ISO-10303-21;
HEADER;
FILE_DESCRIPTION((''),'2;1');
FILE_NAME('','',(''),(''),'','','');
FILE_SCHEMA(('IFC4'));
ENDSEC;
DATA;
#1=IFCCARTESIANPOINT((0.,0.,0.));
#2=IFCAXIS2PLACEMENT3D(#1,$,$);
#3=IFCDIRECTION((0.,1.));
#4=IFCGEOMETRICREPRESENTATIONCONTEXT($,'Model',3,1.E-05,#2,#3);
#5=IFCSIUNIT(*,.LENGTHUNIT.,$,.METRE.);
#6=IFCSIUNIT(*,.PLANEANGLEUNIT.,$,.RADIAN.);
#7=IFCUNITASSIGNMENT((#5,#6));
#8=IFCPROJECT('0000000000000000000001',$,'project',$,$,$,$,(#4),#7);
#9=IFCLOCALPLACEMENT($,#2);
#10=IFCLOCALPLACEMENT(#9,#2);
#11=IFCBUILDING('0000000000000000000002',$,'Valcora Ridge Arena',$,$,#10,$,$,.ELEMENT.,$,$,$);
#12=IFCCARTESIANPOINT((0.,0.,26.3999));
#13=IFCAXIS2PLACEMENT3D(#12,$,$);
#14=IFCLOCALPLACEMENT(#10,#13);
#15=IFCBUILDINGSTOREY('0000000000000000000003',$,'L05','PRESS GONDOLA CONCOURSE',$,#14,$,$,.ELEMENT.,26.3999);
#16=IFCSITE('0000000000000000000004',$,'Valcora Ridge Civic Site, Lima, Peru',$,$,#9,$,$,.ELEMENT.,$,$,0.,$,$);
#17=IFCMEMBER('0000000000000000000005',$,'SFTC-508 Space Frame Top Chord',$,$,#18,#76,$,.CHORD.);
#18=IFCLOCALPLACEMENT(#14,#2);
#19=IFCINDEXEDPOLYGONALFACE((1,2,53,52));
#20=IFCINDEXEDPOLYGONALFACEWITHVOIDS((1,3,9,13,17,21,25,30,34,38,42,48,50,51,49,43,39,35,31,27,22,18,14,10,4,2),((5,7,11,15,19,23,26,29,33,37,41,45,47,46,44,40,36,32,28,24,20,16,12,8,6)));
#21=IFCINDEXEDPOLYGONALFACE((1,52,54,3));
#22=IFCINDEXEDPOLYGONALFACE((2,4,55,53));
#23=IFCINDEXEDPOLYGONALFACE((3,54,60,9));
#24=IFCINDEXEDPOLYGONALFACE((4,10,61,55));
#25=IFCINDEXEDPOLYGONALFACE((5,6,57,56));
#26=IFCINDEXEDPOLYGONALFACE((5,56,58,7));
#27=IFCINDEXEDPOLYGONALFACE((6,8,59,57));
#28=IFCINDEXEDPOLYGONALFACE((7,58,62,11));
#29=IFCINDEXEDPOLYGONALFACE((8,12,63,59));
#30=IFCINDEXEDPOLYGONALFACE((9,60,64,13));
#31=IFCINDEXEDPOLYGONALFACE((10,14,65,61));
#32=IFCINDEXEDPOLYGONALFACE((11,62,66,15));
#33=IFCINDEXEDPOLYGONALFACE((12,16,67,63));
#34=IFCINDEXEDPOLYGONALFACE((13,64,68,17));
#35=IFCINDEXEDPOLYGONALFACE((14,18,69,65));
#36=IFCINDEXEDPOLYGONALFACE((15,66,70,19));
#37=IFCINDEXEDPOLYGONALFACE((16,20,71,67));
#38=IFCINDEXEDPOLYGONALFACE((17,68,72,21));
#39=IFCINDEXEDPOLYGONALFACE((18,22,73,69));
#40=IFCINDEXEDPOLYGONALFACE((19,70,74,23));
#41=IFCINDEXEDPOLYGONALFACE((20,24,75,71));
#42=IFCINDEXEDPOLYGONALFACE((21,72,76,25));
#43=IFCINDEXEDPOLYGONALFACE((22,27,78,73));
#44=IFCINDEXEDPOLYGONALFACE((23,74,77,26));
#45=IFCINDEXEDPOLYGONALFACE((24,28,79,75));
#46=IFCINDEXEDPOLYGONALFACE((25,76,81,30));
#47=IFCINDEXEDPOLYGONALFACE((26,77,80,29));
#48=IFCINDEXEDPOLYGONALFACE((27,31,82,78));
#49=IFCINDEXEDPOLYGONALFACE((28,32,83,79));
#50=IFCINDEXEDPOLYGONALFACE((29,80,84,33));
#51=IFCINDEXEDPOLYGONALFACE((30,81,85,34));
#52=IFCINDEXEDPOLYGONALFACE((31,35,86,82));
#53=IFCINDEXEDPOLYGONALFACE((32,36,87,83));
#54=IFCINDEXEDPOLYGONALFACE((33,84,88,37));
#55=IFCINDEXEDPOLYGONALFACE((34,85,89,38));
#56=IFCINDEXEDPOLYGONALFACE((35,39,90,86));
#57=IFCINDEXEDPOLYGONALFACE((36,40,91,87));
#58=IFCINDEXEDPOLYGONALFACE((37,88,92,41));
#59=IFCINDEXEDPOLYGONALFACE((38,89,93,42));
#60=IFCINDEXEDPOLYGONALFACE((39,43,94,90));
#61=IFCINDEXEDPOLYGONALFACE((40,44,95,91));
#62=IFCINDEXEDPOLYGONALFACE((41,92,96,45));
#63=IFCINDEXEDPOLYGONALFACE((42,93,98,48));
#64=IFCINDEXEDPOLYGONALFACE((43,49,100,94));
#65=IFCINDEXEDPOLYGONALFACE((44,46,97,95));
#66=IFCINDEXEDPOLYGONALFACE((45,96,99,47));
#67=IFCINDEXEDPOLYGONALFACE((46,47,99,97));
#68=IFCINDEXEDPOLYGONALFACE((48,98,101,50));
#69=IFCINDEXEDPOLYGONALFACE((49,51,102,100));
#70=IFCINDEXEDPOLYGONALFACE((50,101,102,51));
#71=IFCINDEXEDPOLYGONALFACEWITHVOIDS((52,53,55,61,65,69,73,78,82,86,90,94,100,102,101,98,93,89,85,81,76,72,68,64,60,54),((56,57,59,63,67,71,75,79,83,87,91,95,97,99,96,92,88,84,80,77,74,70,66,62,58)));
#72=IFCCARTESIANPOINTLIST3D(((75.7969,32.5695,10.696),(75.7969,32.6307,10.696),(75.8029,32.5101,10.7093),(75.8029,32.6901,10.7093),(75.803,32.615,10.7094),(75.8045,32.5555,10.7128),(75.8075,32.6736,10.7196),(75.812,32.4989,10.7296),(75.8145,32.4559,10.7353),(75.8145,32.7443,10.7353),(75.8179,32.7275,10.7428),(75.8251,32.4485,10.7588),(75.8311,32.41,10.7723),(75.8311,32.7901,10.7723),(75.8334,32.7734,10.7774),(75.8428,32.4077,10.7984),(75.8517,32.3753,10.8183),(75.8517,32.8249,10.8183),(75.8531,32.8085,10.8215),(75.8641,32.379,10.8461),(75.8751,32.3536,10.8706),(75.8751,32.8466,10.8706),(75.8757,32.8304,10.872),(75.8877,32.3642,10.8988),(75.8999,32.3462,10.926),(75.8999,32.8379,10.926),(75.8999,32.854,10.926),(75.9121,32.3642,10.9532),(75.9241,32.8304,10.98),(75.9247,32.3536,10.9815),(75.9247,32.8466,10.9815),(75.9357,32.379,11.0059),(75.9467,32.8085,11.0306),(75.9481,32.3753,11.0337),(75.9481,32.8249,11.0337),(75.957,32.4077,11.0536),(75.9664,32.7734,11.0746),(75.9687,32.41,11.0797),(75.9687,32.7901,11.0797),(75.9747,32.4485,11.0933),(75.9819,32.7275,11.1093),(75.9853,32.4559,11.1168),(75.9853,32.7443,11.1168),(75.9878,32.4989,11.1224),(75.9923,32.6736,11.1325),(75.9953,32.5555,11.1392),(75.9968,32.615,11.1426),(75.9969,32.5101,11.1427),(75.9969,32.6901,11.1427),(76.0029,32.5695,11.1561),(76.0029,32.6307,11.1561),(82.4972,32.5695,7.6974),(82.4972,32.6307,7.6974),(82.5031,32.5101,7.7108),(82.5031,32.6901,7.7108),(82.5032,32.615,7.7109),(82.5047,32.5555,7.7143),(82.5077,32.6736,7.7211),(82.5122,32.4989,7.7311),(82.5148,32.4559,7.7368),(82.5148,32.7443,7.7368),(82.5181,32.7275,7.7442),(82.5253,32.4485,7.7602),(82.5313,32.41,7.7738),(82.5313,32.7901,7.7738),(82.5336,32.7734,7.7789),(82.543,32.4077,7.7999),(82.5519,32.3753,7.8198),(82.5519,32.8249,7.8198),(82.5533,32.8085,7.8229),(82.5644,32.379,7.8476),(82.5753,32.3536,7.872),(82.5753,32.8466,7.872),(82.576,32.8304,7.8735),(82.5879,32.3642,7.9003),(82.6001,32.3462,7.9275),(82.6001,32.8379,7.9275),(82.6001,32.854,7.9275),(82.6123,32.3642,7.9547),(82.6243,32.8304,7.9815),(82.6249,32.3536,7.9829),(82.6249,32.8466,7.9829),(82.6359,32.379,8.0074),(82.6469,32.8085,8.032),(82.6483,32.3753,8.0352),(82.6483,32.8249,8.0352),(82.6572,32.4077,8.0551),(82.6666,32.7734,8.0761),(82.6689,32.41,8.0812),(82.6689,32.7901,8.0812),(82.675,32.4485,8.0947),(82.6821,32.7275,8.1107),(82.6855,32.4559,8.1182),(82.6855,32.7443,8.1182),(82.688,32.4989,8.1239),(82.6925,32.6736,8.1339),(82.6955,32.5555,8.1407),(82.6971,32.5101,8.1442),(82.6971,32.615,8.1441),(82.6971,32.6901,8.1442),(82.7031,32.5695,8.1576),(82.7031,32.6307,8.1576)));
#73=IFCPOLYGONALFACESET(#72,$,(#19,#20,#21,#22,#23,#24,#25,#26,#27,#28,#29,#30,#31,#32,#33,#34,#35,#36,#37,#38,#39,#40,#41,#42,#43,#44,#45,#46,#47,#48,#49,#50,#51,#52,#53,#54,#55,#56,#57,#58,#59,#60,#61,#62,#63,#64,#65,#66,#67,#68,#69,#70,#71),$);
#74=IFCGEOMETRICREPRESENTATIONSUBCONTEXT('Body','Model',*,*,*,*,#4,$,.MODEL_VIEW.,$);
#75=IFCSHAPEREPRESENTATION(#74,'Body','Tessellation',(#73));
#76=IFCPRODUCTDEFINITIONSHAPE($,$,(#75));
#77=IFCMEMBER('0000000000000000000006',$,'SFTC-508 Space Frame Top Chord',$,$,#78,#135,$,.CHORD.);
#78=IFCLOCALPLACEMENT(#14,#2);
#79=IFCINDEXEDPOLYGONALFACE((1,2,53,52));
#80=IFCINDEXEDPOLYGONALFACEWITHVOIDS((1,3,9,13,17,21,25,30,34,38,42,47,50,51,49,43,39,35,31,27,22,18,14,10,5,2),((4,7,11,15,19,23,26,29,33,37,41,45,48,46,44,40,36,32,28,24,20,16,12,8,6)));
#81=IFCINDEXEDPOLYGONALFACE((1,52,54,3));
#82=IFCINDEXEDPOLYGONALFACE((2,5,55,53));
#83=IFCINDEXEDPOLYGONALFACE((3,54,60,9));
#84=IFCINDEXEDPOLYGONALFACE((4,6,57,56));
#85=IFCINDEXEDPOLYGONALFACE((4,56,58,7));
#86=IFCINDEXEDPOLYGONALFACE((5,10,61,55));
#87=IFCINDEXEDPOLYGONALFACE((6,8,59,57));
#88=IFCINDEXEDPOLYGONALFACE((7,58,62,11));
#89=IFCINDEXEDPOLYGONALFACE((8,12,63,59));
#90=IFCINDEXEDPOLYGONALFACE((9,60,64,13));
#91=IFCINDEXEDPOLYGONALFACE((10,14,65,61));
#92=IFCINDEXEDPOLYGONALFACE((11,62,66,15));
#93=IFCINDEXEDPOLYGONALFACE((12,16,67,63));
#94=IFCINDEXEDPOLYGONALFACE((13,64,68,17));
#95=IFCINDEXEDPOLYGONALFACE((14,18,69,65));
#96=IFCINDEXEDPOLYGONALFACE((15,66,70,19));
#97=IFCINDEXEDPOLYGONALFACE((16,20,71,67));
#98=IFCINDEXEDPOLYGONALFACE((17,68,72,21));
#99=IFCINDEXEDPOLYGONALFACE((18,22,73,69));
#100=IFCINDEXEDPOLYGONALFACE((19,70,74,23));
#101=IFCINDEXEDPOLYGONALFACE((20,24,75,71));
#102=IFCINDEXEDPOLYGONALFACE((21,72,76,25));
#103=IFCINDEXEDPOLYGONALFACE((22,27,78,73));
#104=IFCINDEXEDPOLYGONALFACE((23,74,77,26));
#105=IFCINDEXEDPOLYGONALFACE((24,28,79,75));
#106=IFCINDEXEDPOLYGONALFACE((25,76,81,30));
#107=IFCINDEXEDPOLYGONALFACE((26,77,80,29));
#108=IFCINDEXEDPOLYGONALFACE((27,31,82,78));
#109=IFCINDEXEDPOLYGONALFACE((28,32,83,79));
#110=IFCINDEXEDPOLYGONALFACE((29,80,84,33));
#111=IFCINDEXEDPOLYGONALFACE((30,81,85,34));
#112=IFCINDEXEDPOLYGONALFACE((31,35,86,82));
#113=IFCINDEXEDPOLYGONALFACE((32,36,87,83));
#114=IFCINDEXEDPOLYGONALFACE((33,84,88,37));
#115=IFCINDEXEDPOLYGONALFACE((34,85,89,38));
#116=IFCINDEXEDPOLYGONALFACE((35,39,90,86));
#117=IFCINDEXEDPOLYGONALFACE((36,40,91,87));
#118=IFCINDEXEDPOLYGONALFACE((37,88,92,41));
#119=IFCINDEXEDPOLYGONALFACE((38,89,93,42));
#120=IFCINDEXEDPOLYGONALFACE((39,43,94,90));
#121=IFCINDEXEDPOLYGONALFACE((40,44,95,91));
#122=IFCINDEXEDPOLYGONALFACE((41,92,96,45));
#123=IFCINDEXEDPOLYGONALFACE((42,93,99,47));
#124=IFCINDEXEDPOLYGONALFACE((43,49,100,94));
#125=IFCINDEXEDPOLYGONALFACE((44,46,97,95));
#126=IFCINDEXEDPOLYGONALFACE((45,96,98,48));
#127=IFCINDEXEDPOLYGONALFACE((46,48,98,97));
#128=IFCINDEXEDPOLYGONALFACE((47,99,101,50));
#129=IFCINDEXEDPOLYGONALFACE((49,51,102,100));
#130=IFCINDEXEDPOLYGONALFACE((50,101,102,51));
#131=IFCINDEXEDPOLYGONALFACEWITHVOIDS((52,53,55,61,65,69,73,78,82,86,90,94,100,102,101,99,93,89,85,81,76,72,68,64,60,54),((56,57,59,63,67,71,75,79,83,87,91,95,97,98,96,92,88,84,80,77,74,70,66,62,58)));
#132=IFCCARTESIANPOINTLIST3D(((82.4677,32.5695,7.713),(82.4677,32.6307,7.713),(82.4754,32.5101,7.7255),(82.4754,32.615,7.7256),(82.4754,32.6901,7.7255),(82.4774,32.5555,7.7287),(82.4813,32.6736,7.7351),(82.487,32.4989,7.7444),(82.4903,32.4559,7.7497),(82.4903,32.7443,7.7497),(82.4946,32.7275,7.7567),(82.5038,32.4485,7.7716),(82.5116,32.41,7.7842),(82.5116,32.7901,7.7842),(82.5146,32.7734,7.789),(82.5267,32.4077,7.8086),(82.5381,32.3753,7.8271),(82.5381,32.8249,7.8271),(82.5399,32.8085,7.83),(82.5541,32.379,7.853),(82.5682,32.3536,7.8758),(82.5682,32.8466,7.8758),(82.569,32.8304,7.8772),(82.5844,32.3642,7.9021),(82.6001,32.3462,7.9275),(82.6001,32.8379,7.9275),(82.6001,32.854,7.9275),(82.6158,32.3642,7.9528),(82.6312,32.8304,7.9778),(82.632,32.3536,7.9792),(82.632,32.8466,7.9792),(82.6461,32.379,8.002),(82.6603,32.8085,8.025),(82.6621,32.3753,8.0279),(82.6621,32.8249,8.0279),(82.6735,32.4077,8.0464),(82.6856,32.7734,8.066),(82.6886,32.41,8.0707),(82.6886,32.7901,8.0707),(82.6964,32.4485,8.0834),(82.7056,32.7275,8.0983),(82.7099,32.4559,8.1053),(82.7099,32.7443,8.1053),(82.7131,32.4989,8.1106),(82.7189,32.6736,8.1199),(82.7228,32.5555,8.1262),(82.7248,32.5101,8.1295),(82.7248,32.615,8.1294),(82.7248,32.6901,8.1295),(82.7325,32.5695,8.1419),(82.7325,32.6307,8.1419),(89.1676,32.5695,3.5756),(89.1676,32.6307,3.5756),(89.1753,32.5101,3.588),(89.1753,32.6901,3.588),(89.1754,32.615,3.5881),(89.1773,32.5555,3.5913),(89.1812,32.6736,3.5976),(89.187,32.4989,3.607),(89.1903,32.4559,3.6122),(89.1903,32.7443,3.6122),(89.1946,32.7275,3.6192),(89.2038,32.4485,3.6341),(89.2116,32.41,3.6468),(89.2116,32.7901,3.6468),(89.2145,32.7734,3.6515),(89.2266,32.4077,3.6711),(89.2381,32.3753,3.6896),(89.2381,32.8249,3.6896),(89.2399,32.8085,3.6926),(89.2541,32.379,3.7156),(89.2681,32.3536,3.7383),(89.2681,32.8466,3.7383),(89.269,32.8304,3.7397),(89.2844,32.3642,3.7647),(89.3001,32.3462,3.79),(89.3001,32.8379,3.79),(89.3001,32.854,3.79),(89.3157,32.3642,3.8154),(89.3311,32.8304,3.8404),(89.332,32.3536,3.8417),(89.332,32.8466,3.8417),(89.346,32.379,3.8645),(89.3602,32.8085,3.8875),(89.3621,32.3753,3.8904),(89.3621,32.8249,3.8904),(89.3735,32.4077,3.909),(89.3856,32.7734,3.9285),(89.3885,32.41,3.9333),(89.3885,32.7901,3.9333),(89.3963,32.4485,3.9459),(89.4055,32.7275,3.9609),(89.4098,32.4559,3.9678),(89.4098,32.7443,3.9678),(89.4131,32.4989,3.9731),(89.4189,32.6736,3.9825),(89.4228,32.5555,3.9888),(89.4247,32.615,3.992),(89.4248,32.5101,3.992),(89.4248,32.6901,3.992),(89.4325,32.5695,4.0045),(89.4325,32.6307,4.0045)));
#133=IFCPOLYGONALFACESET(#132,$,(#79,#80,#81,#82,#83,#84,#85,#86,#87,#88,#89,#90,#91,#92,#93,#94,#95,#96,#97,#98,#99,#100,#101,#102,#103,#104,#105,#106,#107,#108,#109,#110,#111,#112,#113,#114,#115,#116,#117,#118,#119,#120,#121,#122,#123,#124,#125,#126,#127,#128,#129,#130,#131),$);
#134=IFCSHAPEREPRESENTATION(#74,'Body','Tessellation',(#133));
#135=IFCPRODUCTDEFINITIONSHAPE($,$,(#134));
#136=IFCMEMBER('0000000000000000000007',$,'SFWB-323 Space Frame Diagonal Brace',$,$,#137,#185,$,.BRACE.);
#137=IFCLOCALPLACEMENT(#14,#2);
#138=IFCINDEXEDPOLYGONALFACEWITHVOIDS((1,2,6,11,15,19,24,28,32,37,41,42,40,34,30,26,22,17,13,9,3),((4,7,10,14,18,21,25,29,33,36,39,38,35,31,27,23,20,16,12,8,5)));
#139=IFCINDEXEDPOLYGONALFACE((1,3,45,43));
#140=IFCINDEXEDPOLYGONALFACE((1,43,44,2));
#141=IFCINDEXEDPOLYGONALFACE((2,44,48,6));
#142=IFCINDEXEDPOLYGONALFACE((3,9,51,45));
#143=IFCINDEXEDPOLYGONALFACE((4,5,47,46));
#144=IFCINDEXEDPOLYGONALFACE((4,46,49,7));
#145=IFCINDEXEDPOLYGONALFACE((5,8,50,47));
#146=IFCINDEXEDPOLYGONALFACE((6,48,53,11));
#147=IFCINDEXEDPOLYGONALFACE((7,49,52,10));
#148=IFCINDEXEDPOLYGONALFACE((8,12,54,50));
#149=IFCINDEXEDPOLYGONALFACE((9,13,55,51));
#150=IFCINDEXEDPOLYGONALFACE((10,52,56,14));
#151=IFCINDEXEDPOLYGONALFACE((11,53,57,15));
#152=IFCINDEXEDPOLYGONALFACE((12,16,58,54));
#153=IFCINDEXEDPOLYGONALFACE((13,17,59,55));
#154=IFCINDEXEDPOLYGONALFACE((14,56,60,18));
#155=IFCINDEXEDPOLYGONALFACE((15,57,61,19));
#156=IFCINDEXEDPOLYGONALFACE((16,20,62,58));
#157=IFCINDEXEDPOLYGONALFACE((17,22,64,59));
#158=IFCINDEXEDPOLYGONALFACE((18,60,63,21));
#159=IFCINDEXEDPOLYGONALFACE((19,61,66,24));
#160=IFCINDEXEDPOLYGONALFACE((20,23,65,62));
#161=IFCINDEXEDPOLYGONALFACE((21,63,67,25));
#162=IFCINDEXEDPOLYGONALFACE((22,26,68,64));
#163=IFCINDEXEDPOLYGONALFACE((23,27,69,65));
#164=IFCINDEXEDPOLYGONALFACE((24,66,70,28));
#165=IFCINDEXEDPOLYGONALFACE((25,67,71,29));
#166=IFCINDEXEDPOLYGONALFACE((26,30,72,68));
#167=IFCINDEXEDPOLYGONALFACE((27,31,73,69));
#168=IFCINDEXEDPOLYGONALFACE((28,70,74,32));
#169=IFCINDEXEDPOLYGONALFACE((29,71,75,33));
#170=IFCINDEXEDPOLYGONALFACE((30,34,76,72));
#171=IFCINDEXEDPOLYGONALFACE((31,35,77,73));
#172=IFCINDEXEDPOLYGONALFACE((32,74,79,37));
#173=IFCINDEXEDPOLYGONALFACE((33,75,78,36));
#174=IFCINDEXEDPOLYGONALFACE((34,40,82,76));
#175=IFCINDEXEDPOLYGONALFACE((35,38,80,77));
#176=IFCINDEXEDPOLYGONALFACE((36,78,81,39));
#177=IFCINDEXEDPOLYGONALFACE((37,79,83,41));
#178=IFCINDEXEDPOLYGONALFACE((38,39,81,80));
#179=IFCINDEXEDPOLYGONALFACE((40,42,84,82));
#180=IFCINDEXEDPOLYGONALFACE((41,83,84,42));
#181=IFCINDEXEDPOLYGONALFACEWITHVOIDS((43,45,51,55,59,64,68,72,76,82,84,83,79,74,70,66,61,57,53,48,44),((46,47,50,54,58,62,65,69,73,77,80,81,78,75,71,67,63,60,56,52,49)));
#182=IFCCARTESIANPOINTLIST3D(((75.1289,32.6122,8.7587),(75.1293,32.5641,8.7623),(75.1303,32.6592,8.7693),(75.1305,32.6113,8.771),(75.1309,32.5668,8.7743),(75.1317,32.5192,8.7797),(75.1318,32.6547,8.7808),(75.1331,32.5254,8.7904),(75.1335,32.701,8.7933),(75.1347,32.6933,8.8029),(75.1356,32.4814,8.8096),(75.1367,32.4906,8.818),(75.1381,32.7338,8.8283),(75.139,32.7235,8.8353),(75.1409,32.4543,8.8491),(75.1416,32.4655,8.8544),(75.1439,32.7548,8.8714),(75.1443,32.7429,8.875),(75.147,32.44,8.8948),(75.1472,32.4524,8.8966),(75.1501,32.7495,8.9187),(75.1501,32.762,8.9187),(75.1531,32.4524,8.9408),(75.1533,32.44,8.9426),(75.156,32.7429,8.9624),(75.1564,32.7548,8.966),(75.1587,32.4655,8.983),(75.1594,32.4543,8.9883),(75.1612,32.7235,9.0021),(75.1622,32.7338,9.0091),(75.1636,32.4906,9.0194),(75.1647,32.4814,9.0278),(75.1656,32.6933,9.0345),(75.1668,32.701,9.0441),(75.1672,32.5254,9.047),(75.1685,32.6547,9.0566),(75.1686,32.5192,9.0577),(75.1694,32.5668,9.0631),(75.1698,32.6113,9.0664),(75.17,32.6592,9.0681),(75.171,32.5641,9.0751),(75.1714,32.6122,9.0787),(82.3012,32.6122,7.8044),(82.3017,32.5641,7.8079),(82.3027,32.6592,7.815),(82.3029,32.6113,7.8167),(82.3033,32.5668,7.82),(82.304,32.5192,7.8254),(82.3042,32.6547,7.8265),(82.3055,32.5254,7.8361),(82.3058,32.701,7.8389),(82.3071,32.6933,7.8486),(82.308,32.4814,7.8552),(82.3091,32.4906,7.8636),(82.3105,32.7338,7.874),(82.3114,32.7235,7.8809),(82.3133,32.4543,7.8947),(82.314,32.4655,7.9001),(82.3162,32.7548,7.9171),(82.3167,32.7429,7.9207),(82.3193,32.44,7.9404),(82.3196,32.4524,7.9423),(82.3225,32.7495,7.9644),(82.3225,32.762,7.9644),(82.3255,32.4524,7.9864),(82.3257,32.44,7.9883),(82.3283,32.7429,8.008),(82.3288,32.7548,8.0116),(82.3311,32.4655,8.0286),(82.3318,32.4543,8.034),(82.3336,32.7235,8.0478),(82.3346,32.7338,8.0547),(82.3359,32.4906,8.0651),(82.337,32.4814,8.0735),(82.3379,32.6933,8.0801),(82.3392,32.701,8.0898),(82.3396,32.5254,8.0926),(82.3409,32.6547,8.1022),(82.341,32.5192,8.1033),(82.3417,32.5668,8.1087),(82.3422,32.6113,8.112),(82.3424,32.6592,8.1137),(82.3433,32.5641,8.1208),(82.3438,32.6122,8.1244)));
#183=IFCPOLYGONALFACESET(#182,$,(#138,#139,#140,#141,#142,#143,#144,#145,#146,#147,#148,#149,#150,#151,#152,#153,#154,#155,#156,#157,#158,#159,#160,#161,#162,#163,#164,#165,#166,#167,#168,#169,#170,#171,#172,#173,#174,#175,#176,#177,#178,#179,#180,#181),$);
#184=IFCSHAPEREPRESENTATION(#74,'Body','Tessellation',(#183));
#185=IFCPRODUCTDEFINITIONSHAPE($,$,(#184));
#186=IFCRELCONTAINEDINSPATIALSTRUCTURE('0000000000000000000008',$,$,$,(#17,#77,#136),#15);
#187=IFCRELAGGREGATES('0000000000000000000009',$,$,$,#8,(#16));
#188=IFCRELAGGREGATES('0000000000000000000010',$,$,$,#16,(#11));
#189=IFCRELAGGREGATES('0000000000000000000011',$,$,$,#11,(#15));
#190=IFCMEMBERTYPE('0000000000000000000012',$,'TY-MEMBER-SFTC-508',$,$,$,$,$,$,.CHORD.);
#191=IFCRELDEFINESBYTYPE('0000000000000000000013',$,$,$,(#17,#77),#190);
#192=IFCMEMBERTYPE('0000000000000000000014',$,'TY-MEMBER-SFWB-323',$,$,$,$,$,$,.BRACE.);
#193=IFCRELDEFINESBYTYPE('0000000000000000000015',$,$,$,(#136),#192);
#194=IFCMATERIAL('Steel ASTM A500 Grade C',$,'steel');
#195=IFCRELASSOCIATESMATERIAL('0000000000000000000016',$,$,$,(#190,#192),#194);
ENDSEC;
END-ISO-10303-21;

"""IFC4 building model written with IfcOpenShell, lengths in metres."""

from ifc_helpers import new_model, si_unit, direction, frame, origin, origin_2d, place, context, subcontext, project, spatial, hollow_circle, extrude, material, material_profile, profile_set, type_object, element, save


model = new_model("IFC4")

# Units and contexts
model_context = context("Model", 3, precision=1e-05, world=origin(), true_north=direction((0.0, 1.0)))
body_context = subcontext(model_context, "Body", "Model", "MODEL_VIEW")
ifc_project = project(units=[si_unit("LENGTHUNIT", "METRE"), si_unit("PLANEANGLEUNIT", "RADIAN")], contexts=[model_context])

# Site, building, storey
site_placement = place(None, origin())
site = spatial("IfcSite", under=ifc_project, at=site_placement, Name="Valcora Ridge Civic Site, Lima, Peru", CompositionType="ELEMENT", RefElevation=0.0)
building_placement = place(site_placement, origin())
building = spatial("IfcBuilding", under=site, at=building_placement, Name="Valcora Ridge Arena", CompositionType="ELEMENT")
storey_placement = place(building_placement, frame((0.0, 0.0, 26.3999)))
storey = spatial("IfcBuildingStorey", under=building, at=storey_placement, Name="L05", Description="PRESS GONDOLA CONCOURSE", CompositionType="ELEMENT", Elevation=26.3999)

# Members
ifc_material_1 = material(Name="Steel ASTM A500 Grade C", Category="steel")
ifc_material_profile_1 = material_profile(ifc_material_1, hollow_circle(Radius=0.2539, WallThickness=0.0161, at=origin_2d()), Name="CHS508X16")
ifc_profile_set_1 = profile_set([ifc_material_profile_1], Name="Steel ASTM A500 Grade C")
member_type_1 = type_object("IfcMemberType", Name="TY-MEMBER-SFTC-508", PredefinedType="CHORD", material=ifc_profile_set_1)
member_1_placement = place(storey_placement, frame((75.8999, 32.6001, 10.926), z_axis=(0.912763, 0.0, -0.408489), x_axis=(0.0, 1.0, 0.0)))
element("IfcMember", 1, at=member_1_placement, inside=storey, type_object=member_type_1, Name="SFTC-508 Space Frame Top Chord", PredefinedType="CHORD", context=body_context, shape_type="SweptSolid", body=[
    extrude(hollow_circle(Radius=0.2539, WallThickness=0.0161, at=origin_2d()), origin(), (0.0, 0.0, 1.0), 7.3406),
])
member_2_placement = place(storey_placement, frame((82.6001, 32.6001, 7.9275), z_axis=(0.850841, 0.0, -0.525424), x_axis=(0.0, 1.0, 0.0)))
element("IfcMember", 2, at=member_2_placement, inside=storey, type_object=member_type_1, Name="SFTC-508 Space Frame Top Chord", PredefinedType="CHORD", context=body_context, shape_type="SweptSolid", body=[
    extrude(hollow_circle(Radius=0.2539, WallThickness=0.0161, at=origin_2d()), origin(), (0.0, 0.0, 1.0), 7.8745),
])
ifc_material_profile_2 = material_profile(ifc_material_1, hollow_circle(Radius=0.1619, WallThickness=0.0125, at=origin_2d()), Name="CHS323X12")
ifc_profile_set_2 = profile_set([ifc_material_profile_2], Name="Steel ASTM A500 Grade C")
member_type_2 = type_object("IfcMemberType", Name="TY-MEMBER-SFWB-323", PredefinedType="BRACE", material=ifc_profile_set_2)
member_3_placement = place(storey_placement, frame((75.1501, 32.6001, 8.9187), z_axis=(0.991264, 0.0, -0.131896), x_axis=(0.0, 1.0, 0.0)))
element("IfcMember", 3, at=member_3_placement, inside=storey, type_object=member_type_2, Name="SFWB-323 Space Frame Diagonal Brace", PredefinedType="BRACE", context=body_context, shape_type="SweptSolid", body=[
    extrude(hollow_circle(Radius=0.1619, WallThickness=0.0125, at=origin_2d()), origin(), (0.0, 0.0, 1.0), 7.2356),
])

save(model, "model.ifc")
